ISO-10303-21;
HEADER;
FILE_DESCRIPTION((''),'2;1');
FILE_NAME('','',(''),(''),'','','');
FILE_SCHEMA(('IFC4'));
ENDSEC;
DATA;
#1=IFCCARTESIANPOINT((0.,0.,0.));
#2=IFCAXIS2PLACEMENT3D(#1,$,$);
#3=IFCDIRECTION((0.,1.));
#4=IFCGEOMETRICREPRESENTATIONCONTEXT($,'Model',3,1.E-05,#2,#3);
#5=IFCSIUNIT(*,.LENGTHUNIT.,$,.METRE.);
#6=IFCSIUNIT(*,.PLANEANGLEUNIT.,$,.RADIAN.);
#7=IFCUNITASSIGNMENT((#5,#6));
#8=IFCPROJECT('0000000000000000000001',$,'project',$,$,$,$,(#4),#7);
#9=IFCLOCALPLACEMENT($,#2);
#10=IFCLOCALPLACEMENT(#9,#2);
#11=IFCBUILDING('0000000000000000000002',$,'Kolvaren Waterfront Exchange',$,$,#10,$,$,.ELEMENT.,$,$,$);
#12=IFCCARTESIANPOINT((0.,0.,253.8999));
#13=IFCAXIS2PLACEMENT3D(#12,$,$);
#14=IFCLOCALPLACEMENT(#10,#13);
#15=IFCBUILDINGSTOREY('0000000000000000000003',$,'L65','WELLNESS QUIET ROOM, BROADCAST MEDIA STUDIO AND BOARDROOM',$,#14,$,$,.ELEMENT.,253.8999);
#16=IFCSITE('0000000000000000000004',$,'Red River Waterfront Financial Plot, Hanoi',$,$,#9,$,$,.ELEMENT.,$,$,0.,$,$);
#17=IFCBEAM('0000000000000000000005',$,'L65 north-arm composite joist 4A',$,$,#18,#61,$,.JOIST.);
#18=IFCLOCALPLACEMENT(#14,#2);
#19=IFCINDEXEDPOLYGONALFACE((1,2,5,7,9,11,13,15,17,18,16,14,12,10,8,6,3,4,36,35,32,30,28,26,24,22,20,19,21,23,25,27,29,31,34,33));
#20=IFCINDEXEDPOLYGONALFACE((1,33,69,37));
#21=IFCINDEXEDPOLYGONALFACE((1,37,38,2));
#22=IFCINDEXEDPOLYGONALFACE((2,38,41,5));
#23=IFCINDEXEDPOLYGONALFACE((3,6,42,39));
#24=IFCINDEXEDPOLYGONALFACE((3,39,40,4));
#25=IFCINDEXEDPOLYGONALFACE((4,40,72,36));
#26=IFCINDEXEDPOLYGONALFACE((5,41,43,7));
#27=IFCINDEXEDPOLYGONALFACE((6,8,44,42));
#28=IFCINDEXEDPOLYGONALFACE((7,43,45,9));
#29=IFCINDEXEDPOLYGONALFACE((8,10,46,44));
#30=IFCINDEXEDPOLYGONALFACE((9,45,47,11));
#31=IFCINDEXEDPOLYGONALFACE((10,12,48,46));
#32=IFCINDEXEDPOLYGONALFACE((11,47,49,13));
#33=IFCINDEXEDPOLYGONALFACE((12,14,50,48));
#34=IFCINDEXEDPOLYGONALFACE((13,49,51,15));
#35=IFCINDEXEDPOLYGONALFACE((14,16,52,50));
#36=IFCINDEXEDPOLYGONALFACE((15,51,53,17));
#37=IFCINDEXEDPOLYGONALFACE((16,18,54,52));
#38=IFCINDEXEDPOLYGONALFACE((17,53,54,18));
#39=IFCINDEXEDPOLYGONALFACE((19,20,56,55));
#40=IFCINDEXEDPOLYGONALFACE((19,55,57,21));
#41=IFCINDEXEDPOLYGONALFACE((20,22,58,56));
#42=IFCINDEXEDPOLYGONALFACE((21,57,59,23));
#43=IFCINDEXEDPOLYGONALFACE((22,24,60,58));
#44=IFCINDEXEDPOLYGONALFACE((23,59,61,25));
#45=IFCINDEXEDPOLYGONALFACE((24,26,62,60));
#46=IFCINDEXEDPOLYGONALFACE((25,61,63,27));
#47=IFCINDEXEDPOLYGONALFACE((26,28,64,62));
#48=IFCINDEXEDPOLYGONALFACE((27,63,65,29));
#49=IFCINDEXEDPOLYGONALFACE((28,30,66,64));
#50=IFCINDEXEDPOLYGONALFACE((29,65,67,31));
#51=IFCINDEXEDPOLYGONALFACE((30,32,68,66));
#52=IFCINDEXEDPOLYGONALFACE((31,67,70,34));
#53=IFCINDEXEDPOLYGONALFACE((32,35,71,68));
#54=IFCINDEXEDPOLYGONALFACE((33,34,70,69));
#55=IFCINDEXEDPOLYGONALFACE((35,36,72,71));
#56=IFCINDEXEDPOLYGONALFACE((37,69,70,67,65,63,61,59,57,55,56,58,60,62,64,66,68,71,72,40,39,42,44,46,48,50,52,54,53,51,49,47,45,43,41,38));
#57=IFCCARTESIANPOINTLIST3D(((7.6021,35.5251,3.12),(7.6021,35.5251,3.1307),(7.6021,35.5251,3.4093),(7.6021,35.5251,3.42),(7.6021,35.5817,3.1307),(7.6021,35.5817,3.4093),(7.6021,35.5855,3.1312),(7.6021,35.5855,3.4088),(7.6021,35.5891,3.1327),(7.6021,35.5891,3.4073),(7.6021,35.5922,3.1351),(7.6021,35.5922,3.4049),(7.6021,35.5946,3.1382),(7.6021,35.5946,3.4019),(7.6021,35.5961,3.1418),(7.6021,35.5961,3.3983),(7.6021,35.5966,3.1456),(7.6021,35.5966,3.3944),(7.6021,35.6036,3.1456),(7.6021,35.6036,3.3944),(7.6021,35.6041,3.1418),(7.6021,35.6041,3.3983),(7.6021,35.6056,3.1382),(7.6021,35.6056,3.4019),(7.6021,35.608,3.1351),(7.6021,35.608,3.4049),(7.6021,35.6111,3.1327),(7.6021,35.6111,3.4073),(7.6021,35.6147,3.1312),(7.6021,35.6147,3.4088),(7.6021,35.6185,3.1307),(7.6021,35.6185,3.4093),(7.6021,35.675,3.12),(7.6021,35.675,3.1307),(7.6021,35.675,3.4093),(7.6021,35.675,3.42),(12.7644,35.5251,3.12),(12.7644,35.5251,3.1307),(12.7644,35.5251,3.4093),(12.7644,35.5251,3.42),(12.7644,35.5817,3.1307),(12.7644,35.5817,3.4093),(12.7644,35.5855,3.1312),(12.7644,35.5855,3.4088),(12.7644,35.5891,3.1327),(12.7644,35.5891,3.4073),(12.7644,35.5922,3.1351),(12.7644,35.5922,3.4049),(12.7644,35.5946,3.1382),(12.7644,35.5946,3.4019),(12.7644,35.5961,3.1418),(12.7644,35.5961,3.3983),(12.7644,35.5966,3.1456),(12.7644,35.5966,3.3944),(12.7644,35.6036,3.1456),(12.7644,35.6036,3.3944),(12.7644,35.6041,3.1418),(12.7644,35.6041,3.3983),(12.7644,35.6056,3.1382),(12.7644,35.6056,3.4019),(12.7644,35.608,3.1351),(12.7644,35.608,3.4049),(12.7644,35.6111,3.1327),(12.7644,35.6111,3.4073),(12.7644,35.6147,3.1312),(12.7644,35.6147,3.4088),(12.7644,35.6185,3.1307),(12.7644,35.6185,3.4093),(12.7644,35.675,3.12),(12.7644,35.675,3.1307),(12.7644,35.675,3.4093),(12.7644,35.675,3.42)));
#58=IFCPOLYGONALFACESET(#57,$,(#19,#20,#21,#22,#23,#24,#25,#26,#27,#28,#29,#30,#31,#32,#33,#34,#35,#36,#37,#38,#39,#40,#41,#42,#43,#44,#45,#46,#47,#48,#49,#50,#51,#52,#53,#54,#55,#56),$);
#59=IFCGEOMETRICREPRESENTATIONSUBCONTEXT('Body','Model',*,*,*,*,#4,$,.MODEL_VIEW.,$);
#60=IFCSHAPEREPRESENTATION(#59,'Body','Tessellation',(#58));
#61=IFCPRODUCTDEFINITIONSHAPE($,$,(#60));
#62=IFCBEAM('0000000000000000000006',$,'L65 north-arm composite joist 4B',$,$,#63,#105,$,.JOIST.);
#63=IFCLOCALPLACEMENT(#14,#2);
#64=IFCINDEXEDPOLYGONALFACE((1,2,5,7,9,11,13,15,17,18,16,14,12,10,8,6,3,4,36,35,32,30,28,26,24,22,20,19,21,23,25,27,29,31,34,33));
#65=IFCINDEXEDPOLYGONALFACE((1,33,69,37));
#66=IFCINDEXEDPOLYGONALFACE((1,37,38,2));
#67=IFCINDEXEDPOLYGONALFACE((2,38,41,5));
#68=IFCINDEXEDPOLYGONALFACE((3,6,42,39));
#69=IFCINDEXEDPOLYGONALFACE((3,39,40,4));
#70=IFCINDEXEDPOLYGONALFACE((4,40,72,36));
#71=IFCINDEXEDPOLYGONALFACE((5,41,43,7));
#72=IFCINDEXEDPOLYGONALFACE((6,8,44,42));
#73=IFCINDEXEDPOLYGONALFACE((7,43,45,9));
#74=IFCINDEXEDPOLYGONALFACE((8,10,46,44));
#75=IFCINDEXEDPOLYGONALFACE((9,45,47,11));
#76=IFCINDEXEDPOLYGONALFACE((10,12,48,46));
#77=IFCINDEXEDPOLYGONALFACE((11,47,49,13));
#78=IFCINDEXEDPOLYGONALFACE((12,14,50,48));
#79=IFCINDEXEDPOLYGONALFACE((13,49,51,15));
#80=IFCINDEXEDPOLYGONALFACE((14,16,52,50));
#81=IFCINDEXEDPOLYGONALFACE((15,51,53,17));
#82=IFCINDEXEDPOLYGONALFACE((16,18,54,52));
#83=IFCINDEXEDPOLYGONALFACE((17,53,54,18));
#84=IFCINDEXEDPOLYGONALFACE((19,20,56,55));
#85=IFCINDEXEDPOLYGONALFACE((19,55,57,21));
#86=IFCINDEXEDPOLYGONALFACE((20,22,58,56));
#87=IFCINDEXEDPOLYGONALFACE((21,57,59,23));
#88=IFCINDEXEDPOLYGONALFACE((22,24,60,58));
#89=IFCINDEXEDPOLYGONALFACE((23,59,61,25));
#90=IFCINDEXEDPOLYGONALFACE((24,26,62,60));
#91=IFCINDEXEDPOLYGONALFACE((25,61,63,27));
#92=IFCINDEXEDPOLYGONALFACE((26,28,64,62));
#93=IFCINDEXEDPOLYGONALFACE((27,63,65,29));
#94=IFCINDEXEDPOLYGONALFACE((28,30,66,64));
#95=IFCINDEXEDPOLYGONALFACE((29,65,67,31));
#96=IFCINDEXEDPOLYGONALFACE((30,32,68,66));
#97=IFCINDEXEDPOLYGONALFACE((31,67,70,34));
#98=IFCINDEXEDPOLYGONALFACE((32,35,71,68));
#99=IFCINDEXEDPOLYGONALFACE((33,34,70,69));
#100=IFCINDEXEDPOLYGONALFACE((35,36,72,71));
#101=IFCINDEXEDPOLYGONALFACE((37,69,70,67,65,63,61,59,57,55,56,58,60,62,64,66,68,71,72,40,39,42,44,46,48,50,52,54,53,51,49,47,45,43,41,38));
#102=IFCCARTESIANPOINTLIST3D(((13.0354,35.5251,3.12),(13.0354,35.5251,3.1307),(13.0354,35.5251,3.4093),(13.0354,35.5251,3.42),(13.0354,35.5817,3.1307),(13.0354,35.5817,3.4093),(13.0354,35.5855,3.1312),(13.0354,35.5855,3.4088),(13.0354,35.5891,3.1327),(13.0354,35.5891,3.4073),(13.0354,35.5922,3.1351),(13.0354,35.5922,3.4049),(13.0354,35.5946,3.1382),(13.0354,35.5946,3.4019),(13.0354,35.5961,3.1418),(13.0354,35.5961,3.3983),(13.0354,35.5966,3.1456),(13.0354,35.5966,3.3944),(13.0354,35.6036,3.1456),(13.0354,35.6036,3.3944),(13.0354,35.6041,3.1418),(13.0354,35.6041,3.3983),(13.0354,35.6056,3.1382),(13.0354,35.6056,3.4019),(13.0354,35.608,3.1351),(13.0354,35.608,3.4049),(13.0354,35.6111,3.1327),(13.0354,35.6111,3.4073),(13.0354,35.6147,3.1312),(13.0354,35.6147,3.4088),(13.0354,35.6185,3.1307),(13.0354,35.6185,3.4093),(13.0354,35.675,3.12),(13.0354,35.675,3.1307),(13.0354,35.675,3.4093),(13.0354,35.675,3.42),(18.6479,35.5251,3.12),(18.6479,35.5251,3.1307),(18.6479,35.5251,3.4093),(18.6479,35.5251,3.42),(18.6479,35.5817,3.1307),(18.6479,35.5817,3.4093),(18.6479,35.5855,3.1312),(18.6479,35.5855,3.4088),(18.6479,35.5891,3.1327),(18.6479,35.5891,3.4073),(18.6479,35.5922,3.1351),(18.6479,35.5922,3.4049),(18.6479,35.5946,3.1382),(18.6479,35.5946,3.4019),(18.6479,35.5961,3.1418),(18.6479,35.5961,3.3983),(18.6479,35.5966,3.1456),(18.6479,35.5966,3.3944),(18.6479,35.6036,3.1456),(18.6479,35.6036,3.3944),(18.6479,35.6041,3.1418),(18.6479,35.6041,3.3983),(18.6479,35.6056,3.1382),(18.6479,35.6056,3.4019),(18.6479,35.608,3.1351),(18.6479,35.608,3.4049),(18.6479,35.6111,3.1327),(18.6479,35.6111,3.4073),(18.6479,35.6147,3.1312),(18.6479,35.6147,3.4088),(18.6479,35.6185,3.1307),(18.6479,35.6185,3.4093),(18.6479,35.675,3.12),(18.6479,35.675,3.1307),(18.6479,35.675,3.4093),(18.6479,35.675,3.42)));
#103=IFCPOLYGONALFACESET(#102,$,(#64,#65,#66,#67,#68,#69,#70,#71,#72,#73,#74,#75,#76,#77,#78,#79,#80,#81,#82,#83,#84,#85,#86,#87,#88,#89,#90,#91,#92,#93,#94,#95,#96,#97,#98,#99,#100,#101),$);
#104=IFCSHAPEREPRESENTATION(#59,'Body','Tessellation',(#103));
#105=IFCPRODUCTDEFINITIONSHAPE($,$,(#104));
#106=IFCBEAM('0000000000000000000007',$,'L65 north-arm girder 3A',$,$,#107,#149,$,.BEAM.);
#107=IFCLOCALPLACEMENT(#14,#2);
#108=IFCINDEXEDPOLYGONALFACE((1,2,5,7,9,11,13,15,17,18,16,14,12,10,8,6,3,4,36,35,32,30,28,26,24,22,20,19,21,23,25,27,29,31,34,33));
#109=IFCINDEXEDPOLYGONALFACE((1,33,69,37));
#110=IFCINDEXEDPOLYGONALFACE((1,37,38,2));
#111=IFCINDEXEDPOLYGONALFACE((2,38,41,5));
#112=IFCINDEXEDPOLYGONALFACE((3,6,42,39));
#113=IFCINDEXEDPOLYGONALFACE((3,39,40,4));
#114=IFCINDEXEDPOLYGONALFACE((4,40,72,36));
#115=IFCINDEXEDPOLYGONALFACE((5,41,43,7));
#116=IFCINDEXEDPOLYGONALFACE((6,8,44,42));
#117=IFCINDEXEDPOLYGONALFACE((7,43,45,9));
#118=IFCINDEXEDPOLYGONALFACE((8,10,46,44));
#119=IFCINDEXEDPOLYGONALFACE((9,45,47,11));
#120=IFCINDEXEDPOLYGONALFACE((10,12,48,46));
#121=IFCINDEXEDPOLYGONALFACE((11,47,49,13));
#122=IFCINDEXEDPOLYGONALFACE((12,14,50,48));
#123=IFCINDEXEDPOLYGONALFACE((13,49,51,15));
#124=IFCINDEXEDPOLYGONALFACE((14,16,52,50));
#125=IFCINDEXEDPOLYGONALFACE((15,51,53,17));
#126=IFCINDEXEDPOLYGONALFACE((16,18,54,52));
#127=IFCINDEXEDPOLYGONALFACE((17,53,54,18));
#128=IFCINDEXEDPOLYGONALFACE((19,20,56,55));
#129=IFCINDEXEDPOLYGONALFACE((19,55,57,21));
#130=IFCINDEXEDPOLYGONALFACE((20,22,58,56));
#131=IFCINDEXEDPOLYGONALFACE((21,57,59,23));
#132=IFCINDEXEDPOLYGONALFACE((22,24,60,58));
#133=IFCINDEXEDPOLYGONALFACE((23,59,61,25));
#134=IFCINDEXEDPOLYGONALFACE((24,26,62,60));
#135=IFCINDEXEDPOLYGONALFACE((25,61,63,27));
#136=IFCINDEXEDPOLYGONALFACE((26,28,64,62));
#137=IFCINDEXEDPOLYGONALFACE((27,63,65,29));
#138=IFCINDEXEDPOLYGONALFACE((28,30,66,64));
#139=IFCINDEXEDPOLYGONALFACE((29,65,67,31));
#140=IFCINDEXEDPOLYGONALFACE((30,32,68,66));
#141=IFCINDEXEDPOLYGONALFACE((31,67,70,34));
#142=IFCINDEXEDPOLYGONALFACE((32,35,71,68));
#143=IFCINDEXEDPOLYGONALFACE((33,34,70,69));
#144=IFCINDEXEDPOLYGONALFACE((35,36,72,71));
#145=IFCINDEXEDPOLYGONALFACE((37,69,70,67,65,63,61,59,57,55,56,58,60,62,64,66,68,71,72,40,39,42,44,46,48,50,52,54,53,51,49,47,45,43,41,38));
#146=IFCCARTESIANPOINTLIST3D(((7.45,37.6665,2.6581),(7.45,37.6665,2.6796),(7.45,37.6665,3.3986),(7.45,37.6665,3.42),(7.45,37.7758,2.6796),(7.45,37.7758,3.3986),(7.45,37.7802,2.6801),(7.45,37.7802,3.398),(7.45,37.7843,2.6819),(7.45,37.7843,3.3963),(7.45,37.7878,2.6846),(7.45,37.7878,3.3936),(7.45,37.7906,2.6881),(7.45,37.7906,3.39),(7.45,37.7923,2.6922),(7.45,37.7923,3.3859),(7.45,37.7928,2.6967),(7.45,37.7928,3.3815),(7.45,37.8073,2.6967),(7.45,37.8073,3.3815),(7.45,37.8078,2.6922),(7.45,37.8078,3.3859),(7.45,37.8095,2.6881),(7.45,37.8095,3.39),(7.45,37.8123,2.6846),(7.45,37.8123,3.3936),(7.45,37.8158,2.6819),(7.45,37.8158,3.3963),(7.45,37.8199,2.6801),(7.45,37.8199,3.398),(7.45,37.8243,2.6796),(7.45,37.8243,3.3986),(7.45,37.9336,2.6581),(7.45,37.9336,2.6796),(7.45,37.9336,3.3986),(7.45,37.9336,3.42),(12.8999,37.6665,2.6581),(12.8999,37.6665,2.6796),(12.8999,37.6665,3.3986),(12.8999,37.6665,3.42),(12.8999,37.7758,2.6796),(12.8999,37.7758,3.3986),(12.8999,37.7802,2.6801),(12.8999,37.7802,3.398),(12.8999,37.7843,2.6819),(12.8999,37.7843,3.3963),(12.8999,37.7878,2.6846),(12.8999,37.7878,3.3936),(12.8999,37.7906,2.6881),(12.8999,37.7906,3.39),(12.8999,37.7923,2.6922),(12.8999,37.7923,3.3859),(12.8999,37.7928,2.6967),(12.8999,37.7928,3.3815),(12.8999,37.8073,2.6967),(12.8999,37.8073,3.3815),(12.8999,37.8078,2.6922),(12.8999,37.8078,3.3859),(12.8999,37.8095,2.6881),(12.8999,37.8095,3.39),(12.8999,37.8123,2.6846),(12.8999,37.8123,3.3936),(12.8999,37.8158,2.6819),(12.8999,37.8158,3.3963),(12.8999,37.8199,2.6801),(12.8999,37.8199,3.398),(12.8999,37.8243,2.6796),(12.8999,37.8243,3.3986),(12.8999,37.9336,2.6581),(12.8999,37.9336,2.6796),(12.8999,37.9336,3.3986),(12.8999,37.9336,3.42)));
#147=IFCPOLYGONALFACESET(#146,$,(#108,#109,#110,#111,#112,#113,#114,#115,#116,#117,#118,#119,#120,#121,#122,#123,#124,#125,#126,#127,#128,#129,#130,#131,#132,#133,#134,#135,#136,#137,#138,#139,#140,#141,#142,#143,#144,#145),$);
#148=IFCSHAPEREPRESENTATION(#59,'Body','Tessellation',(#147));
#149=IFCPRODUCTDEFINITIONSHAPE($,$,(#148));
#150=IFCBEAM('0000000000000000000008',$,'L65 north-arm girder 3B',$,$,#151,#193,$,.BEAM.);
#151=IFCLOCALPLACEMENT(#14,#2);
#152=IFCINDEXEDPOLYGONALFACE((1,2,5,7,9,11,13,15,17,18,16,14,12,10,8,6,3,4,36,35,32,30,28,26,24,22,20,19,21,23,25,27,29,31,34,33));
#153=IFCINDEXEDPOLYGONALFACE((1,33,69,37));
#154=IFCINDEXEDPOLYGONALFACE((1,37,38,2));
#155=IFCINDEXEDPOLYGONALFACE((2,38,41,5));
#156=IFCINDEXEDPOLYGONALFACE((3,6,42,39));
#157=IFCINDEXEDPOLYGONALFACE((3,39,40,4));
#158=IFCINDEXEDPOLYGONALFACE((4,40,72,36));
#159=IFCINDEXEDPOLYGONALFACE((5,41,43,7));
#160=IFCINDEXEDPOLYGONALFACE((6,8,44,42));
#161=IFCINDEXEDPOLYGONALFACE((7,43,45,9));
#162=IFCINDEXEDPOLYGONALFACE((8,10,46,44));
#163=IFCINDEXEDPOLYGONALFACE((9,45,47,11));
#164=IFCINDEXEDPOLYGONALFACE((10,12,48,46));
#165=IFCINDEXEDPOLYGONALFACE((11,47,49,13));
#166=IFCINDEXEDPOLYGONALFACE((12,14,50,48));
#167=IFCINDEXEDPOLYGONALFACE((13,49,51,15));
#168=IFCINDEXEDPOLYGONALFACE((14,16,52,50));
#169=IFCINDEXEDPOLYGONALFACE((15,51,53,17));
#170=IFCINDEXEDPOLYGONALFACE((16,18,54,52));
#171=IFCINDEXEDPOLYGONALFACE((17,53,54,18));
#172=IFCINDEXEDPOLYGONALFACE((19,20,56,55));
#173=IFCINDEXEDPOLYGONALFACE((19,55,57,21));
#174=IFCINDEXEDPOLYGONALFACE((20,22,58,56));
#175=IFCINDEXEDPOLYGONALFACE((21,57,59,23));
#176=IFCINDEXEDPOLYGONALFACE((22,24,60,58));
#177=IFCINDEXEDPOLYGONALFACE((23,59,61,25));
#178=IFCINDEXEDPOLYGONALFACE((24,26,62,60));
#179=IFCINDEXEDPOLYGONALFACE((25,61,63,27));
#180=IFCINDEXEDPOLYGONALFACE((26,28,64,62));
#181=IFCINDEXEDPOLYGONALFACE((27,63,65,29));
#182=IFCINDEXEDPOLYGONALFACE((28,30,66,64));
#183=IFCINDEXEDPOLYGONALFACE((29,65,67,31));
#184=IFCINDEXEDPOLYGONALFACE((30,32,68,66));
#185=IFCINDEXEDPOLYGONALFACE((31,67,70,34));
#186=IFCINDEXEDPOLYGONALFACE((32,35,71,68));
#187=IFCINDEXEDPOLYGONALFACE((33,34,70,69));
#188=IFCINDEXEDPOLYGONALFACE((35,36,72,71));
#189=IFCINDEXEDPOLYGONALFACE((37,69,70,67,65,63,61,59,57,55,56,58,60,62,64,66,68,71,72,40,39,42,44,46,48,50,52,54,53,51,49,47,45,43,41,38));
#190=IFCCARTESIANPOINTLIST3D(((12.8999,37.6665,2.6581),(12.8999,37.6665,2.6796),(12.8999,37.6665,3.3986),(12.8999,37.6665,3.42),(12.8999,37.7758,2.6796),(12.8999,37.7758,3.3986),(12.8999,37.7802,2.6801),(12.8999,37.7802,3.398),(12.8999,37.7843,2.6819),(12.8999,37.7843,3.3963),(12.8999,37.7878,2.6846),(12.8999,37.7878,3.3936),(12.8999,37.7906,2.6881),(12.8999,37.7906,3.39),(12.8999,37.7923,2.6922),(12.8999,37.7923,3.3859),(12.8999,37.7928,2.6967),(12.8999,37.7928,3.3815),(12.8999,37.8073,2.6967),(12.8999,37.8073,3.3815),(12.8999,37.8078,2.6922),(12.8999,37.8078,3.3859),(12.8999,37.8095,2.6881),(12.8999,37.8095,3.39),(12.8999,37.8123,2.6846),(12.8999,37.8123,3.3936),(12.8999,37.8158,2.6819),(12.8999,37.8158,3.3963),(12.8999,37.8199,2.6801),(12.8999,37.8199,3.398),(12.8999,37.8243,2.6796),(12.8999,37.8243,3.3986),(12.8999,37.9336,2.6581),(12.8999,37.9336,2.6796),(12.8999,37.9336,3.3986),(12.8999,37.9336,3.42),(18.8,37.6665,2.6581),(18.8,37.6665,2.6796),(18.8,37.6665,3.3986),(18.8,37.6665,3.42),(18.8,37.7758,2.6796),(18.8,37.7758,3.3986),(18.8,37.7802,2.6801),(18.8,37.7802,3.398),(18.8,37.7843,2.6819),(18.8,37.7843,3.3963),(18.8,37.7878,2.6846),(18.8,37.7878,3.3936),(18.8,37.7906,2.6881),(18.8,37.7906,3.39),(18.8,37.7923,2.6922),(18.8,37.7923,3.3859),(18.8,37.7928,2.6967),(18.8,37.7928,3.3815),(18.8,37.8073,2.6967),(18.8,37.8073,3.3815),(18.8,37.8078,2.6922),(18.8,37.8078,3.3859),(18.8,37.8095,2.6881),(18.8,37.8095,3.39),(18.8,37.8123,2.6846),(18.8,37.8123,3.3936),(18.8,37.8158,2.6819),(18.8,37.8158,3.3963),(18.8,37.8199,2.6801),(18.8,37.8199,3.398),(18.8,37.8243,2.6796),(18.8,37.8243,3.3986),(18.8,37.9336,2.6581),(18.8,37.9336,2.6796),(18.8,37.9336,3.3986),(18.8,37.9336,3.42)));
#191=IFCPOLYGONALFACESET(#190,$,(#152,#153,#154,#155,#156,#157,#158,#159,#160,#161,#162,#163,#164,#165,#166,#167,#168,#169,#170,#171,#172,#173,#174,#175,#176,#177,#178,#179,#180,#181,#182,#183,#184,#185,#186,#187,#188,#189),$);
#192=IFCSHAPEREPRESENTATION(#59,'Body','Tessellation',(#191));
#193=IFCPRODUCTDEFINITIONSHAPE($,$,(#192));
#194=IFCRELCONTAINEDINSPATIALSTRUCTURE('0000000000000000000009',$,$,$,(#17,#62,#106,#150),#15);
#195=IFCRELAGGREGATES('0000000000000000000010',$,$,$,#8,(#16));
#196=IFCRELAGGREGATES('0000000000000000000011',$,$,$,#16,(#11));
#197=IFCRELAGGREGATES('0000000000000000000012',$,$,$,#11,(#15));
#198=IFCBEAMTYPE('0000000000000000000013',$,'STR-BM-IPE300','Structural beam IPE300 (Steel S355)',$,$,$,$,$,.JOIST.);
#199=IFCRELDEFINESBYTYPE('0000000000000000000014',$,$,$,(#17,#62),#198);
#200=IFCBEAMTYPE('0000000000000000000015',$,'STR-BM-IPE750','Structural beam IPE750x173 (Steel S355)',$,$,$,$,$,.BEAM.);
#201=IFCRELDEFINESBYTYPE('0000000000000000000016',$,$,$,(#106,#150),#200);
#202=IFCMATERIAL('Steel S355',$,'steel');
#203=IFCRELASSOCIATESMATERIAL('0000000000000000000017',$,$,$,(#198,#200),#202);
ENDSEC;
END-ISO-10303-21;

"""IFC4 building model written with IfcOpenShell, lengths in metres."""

from ifc_helpers import new_model, si_unit, direction, frame, origin, origin_2d, place, context, subcontext, project, spatial, i_section, extrude, material, material_profile, profile_set, type_object, element, save


model = new_model("IFC4")

# Units and contexts
model_context = context("Model", 3, precision=1e-05, world=origin(), true_north=direction((0.0, 1.0)))
body_context = subcontext(model_context, "Body", "Model", "MODEL_VIEW")
ifc_project = project(units=[si_unit("LENGTHUNIT", "METRE"), si_unit("PLANEANGLEUNIT", "RADIAN")], contexts=[model_context])

# Site, building, storey
site_placement = place(None, origin())
site = spatial("IfcSite", under=ifc_project, at=site_placement, Name="Red River Waterfront Financial Plot, Hanoi", CompositionType="ELEMENT", RefElevation=0.0)
building_placement = place(site_placement, origin())
building = spatial("IfcBuilding", under=site, at=building_placement, Name="Kolvaren Waterfront Exchange", CompositionType="ELEMENT")
storey_placement = place(building_placement, frame((0.0, 0.0, 253.8999)))
storey = spatial("IfcBuildingStorey", under=building, at=storey_placement, Name="L65", Description="WELLNESS QUIET ROOM, BROADCAST MEDIA STUDIO AND BOARDROOM", CompositionType="ELEMENT", Elevation=253.8999)

# Beams
ifc_material_1 = material(Name="Steel S355", Category="steel")
ifc_material_profile_1 = material_profile(ifc_material_1, i_section(OverallWidth=0.1499, OverallDepth=0.3, WebThickness=0.0071, FlangeThickness=0.0107, FilletRadius=0.0149, at=origin_2d()), Name="IPE300")
ifc_profile_set_1 = profile_set([ifc_material_profile_1], Name="Steel S355")
beam_type_1 = type_object("IfcBeamType", Name="STR-BM-IPE300", Description="Structural beam IPE300 (Steel S355)", PredefinedType="JOIST", material=ifc_profile_set_1)
beam_1_placement = place(storey_placement, frame((7.6021, 35.6001, 3.27), z_axis=(1.0, 0.0, 0.0), x_axis=(0.0, 1.0, 0.0)))
element("IfcBeam", 1, at=beam_1_placement, inside=storey, type_object=beam_type_1, Name="L65 north-arm composite joist 4A", PredefinedType="JOIST", context=body_context, shape_type="SweptSolid", body=[
    extrude(i_section(OverallWidth=0.1499, OverallDepth=0.3, WebThickness=0.0071, FlangeThickness=0.0107, FilletRadius=0.0149, at=origin_2d()), origin(), (0.0, 0.0, 1.0), 5.1624),
])
beam_2_placement = place(storey_placement, frame((13.0354, 35.6001, 3.27), z_axis=(1.0, 0.0, 0.0), x_axis=(0.0, 1.0, 0.0)))
element("IfcBeam", 2, at=beam_2_placement, inside=storey, type_object=beam_type_1, Name="L65 north-arm composite joist 4B", PredefinedType="JOIST", context=body_context, shape_type="SweptSolid", body=[
    extrude(i_section(OverallWidth=0.1499, OverallDepth=0.3, WebThickness=0.0071, FlangeThickness=0.0107, FilletRadius=0.0149, at=origin_2d()), origin(), (0.0, 0.0, 1.0), 5.6125),
])
ifc_material_profile_2 = material_profile(ifc_material_1, i_section(OverallWidth=0.2671, OverallDepth=0.762, WebThickness=0.0144, FlangeThickness=0.0215, FilletRadius=0.0171, at=origin_2d()), Name="IPE750x173")
ifc_profile_set_2 = profile_set([ifc_material_profile_2], Name="Steel S355")
beam_type_2 = type_object("IfcBeamType", Name="STR-BM-IPE750", Description="Structural beam IPE750x173 (Steel S355)", PredefinedType="BEAM", material=ifc_profile_set_2)
beam_3_placement = place(storey_placement, frame((7.45, 37.8, 3.0391), z_axis=(1.0, 0.0, 0.0), x_axis=(0.0, 1.0, 0.0)))
element("IfcBeam", 3, at=beam_3_placement, inside=storey, type_object=beam_type_2, Name="L65 north-arm girder 3A", PredefinedType="BEAM", context=body_context, shape_type="SweptSolid", body=[
    extrude(i_section(OverallWidth=0.2671, OverallDepth=0.762, WebThickness=0.0144, FlangeThickness=0.0215, FilletRadius=0.0171, at=origin_2d()), origin(), (0.0, 0.0, 1.0), 5.45),
])
beam_4_placement = place(storey_placement, frame((12.8999, 37.8, 3.0391), z_axis=(1.0, 0.0, 0.0), x_axis=(0.0, 1.0, 0.0)))
element("IfcBeam", 4, at=beam_4_placement, inside=storey, type_object=beam_type_2, Name="L65 north-arm girder 3B", PredefinedType="BEAM", context=body_context, shape_type="SweptSolid", body=[
    extrude(i_section(OverallWidth=0.2671, OverallDepth=0.762, WebThickness=0.0144, FlangeThickness=0.0215, FilletRadius=0.0171, at=origin_2d()), origin(), (0.0, 0.0, 1.0), 5.9001),
])

save(model, "model.ifc")
